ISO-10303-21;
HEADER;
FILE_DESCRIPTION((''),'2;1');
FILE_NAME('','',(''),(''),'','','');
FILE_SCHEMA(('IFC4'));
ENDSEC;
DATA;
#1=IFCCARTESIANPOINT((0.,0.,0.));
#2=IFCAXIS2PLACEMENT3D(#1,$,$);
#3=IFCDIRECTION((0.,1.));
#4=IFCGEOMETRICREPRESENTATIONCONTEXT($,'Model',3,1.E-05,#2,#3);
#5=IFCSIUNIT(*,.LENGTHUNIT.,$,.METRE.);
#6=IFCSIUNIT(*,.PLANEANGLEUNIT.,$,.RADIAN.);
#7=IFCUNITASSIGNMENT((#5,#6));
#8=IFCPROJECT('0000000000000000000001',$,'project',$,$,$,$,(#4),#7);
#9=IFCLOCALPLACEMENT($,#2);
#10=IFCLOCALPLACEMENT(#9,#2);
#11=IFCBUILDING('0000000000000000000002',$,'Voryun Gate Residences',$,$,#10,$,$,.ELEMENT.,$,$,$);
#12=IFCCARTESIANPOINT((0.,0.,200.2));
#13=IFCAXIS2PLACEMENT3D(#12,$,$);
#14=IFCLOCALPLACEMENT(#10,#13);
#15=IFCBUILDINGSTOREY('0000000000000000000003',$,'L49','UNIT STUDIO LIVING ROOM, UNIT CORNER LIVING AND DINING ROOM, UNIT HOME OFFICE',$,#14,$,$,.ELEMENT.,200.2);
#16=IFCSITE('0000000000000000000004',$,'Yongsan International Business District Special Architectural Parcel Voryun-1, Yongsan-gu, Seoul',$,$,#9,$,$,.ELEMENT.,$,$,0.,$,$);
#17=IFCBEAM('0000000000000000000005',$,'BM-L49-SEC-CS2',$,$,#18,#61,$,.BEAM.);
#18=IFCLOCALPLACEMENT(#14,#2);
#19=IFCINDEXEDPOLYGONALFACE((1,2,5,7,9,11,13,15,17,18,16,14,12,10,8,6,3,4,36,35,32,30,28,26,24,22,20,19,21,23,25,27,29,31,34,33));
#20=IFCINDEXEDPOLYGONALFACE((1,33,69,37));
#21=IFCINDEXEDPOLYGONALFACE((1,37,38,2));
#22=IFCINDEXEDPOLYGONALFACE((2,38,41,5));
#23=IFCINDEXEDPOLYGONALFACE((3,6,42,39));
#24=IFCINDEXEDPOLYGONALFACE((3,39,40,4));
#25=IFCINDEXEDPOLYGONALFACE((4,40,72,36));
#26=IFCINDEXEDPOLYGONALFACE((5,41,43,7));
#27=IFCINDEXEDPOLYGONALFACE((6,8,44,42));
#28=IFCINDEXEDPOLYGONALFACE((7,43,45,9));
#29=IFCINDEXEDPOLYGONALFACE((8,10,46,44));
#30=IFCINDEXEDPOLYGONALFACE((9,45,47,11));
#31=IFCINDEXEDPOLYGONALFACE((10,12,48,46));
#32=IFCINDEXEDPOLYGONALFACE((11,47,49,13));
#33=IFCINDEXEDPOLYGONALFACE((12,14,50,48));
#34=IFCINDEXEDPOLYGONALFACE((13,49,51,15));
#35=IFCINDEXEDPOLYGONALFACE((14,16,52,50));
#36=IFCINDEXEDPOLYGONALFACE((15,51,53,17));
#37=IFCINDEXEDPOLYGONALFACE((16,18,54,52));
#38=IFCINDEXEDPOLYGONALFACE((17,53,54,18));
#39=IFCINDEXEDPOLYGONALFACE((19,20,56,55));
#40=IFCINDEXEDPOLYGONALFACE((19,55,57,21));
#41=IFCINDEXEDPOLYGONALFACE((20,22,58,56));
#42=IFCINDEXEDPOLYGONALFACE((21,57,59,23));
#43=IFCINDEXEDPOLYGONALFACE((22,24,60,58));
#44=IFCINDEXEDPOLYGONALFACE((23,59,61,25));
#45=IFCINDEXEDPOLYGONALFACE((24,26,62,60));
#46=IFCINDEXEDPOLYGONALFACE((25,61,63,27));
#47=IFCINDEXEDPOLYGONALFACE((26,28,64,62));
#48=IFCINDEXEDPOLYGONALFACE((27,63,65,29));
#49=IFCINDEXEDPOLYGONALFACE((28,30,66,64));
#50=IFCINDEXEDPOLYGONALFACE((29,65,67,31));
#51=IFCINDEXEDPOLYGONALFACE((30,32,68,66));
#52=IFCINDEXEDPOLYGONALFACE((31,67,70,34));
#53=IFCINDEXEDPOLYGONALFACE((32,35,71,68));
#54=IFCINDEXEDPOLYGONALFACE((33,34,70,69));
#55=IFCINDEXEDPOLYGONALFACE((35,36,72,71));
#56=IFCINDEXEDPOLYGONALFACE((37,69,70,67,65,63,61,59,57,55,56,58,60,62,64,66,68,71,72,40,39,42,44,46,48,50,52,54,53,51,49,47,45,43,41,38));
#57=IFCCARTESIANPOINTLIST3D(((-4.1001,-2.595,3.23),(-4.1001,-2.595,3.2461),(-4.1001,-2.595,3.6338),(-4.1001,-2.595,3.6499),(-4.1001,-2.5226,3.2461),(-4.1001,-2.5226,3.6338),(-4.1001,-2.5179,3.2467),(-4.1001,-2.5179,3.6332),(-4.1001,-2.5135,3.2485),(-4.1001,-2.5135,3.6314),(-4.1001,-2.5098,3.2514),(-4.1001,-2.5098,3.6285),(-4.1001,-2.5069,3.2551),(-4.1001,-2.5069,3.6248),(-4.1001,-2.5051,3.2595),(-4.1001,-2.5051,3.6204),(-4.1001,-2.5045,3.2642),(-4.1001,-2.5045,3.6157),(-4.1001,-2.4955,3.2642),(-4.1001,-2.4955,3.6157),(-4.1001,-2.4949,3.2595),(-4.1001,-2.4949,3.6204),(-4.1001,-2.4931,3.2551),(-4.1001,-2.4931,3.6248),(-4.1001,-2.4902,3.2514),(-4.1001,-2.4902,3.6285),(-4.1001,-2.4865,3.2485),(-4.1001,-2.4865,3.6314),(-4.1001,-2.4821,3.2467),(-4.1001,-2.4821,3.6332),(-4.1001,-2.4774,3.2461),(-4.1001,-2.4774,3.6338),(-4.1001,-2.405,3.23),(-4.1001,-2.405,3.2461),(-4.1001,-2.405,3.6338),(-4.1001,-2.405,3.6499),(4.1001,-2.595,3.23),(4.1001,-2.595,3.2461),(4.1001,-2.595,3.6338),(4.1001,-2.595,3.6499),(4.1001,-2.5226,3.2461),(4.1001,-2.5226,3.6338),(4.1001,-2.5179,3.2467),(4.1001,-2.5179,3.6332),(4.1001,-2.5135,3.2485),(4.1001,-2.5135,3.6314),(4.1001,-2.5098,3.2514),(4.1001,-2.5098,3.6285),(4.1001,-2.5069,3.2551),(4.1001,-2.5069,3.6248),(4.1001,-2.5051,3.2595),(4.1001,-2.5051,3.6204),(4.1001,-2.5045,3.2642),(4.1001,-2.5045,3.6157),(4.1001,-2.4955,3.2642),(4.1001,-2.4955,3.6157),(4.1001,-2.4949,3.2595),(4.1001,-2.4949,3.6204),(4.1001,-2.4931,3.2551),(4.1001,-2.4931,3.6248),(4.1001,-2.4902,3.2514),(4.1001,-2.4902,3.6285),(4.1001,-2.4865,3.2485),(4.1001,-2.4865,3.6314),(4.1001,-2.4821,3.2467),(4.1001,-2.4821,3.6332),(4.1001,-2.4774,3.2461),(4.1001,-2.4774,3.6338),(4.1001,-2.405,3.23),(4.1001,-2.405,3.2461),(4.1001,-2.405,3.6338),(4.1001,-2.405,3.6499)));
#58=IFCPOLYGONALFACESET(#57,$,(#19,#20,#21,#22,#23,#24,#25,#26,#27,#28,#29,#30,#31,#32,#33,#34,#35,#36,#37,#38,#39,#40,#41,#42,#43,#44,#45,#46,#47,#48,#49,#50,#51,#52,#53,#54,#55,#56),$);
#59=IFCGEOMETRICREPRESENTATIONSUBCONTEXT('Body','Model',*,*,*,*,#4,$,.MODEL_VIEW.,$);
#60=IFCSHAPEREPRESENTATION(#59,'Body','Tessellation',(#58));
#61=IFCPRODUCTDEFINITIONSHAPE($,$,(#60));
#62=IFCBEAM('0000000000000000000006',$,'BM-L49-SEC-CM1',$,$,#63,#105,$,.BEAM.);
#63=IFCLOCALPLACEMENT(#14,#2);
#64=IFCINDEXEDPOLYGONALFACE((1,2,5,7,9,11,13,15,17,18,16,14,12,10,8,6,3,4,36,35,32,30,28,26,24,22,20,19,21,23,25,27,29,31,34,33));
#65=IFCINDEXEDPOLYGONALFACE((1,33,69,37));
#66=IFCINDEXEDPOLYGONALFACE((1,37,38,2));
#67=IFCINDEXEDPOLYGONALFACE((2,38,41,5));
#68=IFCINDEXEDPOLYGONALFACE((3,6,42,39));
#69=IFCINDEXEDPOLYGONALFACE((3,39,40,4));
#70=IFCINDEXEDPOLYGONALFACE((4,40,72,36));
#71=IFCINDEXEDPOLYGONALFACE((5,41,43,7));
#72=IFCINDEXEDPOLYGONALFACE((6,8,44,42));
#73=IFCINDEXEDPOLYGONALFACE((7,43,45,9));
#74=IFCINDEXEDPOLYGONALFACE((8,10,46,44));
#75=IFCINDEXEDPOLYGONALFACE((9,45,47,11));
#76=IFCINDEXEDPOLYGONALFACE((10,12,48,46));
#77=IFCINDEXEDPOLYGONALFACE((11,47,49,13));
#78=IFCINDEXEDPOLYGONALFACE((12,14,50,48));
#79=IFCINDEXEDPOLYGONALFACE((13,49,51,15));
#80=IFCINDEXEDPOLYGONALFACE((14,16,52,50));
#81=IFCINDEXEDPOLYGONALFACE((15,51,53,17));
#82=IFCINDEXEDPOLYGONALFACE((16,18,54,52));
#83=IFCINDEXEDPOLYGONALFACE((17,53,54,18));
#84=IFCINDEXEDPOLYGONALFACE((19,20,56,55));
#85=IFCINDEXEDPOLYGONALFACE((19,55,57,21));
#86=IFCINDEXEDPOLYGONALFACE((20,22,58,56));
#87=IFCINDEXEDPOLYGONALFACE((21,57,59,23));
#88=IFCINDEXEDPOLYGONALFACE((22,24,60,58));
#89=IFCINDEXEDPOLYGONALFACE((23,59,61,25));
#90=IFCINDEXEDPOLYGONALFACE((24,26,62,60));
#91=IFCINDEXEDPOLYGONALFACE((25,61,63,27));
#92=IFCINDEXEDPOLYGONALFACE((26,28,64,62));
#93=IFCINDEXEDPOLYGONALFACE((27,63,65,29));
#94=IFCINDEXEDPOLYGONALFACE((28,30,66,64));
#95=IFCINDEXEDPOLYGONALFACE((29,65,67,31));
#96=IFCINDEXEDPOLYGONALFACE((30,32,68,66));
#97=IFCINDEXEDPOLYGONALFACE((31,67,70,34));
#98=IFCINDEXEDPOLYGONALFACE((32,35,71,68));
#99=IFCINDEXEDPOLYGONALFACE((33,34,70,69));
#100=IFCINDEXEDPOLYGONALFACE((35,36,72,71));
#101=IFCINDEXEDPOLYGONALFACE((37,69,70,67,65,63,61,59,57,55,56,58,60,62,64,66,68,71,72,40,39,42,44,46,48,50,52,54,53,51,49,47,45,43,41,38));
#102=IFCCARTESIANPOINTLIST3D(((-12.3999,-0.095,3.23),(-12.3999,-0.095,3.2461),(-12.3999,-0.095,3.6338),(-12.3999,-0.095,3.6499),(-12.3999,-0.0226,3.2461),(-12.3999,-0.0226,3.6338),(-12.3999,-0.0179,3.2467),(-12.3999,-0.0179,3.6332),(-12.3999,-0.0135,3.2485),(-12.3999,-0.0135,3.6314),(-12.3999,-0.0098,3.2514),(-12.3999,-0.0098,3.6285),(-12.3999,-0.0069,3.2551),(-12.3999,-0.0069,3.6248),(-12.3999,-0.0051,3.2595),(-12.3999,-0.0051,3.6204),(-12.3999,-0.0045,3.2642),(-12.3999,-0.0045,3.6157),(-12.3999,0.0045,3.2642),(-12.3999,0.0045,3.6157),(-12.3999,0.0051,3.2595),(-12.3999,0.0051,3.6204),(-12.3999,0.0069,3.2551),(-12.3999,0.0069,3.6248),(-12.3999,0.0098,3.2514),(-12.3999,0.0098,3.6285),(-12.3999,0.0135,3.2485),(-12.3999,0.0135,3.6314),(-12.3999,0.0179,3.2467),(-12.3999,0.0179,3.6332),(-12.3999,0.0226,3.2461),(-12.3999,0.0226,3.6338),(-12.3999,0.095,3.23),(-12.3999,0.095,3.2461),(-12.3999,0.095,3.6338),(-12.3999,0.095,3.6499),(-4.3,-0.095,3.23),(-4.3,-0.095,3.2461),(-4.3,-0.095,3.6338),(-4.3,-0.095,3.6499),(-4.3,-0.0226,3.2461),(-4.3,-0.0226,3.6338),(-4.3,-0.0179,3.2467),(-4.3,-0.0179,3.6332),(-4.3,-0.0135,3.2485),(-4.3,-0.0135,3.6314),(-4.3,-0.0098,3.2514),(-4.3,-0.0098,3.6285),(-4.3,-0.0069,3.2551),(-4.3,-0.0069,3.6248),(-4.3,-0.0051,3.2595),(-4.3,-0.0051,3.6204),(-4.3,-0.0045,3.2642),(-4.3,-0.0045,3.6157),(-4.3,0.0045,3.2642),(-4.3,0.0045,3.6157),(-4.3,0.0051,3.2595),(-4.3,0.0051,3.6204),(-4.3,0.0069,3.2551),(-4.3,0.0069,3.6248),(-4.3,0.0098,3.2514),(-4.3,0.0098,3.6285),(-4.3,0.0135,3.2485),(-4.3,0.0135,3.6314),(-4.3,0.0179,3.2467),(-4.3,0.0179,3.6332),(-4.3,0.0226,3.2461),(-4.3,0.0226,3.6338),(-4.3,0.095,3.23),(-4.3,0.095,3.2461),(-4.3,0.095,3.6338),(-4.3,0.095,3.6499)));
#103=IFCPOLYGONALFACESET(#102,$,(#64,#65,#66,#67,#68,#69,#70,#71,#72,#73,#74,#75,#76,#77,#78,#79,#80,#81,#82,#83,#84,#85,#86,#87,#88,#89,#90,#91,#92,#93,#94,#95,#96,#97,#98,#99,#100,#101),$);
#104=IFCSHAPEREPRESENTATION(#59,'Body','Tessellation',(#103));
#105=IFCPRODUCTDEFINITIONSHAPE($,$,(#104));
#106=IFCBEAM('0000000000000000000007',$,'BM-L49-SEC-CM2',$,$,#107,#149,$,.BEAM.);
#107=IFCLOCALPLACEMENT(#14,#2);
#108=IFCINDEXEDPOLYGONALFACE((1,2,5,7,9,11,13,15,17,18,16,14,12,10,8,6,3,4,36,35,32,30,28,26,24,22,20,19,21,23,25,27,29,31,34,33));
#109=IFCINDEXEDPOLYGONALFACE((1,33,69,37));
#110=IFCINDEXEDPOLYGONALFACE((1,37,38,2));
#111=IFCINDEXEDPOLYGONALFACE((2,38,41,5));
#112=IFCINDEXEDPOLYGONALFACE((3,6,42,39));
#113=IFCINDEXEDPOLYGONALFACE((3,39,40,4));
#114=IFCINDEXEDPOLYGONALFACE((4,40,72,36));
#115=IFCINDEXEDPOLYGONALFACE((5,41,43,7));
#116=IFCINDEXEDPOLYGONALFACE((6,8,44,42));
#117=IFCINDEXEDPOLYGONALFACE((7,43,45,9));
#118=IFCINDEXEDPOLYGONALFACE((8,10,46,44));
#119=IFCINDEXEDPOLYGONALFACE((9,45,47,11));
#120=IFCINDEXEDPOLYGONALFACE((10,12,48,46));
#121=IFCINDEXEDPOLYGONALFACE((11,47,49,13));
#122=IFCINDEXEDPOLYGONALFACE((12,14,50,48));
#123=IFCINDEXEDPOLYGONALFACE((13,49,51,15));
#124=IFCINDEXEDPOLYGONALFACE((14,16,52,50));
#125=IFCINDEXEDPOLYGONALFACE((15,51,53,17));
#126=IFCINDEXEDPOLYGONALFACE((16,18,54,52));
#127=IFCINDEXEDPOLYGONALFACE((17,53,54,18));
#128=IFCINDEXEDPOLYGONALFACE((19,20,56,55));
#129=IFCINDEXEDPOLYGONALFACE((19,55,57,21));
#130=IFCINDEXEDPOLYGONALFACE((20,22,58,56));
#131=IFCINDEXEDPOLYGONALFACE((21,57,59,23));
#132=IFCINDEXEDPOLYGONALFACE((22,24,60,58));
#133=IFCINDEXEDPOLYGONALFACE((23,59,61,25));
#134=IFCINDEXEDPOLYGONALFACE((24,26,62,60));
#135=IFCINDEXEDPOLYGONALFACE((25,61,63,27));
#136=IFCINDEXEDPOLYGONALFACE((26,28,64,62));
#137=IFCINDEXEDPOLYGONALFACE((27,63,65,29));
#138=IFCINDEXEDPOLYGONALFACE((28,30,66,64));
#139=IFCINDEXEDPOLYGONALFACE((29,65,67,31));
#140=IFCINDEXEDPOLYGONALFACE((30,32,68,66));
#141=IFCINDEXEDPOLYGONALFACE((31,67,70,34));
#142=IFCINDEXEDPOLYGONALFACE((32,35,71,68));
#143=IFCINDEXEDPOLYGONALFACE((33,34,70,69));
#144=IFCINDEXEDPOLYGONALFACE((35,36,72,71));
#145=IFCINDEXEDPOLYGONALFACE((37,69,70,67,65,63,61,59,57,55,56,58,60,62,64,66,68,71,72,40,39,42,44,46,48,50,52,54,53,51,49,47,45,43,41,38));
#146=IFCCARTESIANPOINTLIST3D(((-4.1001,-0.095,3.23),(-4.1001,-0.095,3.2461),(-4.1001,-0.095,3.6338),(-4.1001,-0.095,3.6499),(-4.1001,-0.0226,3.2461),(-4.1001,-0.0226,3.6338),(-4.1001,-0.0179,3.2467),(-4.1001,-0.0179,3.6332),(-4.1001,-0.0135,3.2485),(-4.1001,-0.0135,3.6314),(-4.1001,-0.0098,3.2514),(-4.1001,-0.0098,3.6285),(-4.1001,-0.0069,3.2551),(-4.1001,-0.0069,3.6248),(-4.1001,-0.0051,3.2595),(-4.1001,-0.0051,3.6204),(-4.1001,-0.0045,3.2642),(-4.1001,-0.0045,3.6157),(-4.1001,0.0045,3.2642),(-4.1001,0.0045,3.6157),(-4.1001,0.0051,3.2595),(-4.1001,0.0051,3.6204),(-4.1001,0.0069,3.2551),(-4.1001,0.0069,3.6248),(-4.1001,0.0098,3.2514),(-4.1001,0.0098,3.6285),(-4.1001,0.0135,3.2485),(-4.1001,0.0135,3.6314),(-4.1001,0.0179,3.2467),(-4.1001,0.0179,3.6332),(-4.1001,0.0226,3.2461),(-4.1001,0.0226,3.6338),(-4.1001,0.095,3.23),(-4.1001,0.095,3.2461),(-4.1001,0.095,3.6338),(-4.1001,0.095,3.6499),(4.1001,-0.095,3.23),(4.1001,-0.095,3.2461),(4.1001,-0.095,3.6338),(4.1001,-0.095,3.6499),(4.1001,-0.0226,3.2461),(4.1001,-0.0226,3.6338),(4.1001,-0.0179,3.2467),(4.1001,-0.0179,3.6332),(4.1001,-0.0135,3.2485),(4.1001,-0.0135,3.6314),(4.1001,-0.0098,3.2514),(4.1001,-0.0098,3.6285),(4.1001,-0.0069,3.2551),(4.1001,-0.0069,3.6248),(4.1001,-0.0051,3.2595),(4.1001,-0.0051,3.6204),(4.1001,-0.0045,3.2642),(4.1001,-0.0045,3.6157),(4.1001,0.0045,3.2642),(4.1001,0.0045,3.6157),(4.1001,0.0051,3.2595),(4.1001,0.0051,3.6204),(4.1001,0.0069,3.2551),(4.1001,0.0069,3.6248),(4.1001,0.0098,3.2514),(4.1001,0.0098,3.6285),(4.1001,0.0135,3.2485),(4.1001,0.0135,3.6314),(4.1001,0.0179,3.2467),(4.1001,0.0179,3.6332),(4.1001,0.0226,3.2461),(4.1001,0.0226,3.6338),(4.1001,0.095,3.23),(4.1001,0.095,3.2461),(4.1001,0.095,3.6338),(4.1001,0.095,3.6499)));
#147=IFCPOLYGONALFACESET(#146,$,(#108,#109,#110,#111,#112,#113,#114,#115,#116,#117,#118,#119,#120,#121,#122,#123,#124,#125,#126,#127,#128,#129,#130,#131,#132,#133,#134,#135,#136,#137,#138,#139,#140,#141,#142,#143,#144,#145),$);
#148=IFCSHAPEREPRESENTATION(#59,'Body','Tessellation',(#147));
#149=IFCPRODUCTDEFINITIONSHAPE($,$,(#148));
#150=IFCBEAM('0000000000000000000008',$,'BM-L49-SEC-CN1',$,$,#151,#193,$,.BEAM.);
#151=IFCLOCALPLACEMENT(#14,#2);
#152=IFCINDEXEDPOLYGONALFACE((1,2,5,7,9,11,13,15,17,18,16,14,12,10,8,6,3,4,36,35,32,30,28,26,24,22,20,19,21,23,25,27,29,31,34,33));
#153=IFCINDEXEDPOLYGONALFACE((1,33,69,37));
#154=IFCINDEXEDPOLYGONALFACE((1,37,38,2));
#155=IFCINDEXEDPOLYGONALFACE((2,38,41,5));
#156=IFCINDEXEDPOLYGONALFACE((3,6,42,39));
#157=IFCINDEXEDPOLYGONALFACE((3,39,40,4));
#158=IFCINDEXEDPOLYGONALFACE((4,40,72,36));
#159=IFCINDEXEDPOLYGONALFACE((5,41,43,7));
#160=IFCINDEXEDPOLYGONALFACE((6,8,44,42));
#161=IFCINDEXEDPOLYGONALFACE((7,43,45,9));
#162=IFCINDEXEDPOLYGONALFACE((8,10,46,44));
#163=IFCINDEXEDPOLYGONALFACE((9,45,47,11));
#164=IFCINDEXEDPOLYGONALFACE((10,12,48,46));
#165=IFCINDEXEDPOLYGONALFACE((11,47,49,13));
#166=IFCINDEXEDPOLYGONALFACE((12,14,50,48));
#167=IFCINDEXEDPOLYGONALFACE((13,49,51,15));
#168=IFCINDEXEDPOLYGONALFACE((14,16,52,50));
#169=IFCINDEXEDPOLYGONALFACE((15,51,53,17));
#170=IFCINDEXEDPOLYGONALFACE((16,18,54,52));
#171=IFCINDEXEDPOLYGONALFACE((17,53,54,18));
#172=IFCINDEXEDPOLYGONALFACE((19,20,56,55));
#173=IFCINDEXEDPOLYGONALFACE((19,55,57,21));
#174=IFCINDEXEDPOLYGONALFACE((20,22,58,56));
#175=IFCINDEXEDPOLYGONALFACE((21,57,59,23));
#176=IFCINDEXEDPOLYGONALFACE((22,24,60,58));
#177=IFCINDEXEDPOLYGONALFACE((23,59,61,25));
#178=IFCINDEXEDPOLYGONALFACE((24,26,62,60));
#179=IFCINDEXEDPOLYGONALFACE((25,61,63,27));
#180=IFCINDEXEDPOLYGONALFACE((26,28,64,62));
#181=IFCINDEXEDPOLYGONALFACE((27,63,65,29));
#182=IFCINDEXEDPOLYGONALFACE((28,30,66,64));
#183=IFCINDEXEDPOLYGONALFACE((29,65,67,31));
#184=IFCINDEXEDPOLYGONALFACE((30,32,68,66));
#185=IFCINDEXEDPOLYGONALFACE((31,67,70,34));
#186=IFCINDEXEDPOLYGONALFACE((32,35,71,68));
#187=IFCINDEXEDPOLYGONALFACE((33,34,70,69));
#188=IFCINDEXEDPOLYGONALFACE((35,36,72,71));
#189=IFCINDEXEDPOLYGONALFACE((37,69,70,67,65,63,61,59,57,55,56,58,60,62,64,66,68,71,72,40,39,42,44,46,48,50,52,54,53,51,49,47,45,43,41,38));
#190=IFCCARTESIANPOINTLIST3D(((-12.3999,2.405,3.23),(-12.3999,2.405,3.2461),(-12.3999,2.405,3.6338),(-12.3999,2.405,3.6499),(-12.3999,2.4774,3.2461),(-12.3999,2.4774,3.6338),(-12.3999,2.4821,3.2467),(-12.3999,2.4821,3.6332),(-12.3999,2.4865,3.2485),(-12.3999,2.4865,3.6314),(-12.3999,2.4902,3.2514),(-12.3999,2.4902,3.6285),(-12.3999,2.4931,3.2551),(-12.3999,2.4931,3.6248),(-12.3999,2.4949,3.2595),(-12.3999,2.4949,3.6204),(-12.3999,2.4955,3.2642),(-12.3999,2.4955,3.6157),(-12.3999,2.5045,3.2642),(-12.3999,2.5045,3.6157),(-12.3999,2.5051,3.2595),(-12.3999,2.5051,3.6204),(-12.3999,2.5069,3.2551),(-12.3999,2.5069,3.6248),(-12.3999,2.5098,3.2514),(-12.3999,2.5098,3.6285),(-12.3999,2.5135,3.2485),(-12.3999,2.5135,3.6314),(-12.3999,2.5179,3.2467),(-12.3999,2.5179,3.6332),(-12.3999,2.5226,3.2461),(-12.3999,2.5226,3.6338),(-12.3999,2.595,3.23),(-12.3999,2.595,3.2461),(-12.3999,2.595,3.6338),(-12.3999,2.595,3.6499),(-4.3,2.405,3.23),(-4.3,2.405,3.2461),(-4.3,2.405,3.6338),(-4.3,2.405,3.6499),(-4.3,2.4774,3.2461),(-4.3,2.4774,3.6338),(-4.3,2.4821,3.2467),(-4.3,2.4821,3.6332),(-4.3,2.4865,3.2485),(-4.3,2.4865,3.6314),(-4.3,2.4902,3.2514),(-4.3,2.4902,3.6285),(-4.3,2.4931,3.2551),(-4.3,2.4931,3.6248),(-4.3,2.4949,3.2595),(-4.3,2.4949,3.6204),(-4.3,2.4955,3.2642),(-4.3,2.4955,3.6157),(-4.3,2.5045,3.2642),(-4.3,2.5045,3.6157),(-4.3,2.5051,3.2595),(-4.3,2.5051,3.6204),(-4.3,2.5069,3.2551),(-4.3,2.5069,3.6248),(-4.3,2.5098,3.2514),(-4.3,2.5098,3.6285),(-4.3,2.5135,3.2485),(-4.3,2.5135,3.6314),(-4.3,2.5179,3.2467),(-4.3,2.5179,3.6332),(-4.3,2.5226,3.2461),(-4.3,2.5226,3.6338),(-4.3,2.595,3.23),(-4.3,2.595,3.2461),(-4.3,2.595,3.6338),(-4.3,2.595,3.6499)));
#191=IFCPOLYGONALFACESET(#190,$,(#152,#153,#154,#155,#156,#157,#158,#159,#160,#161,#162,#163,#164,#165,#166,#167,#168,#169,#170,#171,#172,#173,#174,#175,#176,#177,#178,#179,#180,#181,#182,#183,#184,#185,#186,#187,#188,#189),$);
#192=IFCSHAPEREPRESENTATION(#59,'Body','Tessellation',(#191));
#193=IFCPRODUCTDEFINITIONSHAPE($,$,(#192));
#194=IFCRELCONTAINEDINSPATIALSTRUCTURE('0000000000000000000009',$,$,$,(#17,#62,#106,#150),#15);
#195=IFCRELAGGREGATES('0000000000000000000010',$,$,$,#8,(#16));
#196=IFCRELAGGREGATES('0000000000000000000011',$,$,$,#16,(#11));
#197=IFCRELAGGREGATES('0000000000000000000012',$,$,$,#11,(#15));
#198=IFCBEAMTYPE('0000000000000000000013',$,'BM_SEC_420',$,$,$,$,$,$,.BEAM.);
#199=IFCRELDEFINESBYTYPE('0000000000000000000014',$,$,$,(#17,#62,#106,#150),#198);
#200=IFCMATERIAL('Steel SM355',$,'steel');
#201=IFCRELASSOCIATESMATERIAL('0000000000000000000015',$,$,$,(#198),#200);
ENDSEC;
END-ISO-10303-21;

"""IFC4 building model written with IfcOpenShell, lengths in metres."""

from ifc_helpers import new_model, si_unit, direction, frame, origin, origin_2d, place, context, subcontext, project, spatial, i_section, extrude, material, material_profile, profile_set, type_object, element, save


model = new_model("IFC4")

# Units and contexts
model_context = context("Model", 3, precision=1e-05, world=origin(), true_north=direction((0.0, 1.0)))
body_context = subcontext(model_context, "Body", "Model", "MODEL_VIEW")
ifc_project = project(units=[si_unit("LENGTHUNIT", "METRE"), si_unit("PLANEANGLEUNIT", "RADIAN")], contexts=[model_context])

# Site, building, storey
site_placement = place(None, origin())
site = spatial("IfcSite", under=ifc_project, at=site_placement, Name="Yongsan International Business District Special Architectural Parcel Voryun-1, Yongsan-gu, Seoul", CompositionType="ELEMENT", RefElevation=0.0)
building_placement = place(site_placement, origin())
building = spatial("IfcBuilding", under=site, at=building_placement, Name="Voryun Gate Residences", CompositionType="ELEMENT")
storey_placement = place(building_placement, frame((0.0, 0.0, 200.2)))
storey = spatial("IfcBuildingStorey", under=building, at=storey_placement, Name="L49", Description="UNIT STUDIO LIVING ROOM, UNIT CORNER LIVING AND DINING ROOM, UNIT HOME OFFICE", CompositionType="ELEMENT", Elevation=200.2)

# Beams
ifc_material_1 = material(Name="Steel SM355", Category="steel")
ifc_material_profile_1 = material_profile(ifc_material_1, i_section(OverallWidth=0.1899, OverallDepth=0.4199, WebThickness=0.009, FlangeThickness=0.0161, FilletRadius=0.0181, at=origin_2d()), Name="H-420x190x9x16")
ifc_profile_set_1 = profile_set([ifc_material_profile_1], Name="Steel SM355")
beam_type_1 = type_object("IfcBeamType", Name="BM_SEC_420", PredefinedType="BEAM", material=ifc_profile_set_1)
beam_1_placement = place(storey_placement, frame((-4.1001, -2.5, 3.4399), z_axis=(1.0, 0.0, 0.0), x_axis=(0.0, 1.0, 0.0)))
element("IfcBeam", 1, at=beam_1_placement, inside=storey, type_object=beam_type_1, Name="BM-L49-SEC-CS2", PredefinedType="BEAM", context=body_context, shape_type="SweptSolid", body=[
    extrude(i_section(OverallWidth=0.1899, OverallDepth=0.4199, WebThickness=0.009, FlangeThickness=0.0161, FilletRadius=0.0181, at=origin_2d()), origin(), (0.0, 0.0, 1.0), 8.2002),
])
beam_2_placement = place(storey_placement, frame((-12.3999, 0.0, 3.4399), z_axis=(1.0, 0.0, 0.0), x_axis=(0.0, 1.0, 0.0)))
element("IfcBeam", 2, at=beam_2_placement, inside=storey, type_object=beam_type_1, Name="BM-L49-SEC-CM1", PredefinedType="BEAM", context=body_context, shape_type="SweptSolid", body=[
    extrude(i_section(OverallWidth=0.1899, OverallDepth=0.4199, WebThickness=0.009, FlangeThickness=0.0161, FilletRadius=0.0181, at=origin_2d()), origin(), (0.0, 0.0, 1.0), 8.0999),
])
beam_3_placement = place(storey_placement, frame((-4.1001, 0.0, 3.4399), z_axis=(1.0, 0.0, 0.0), x_axis=(0.0, 1.0, 0.0)))
element("IfcBeam", 3, at=beam_3_placement, inside=storey, type_object=beam_type_1, Name="BM-L49-SEC-CM2", PredefinedType="BEAM", context=body_context, shape_type="SweptSolid", body=[
    extrude(i_section(OverallWidth=0.1899, OverallDepth=0.4199, WebThickness=0.009, FlangeThickness=0.0161, FilletRadius=0.0181, at=origin_2d()), origin(), (0.0, 0.0, 1.0), 8.2002),
])
beam_4_placement = place(storey_placement, frame((-12.3999, 2.5, 3.4399), z_axis=(1.0, 0.0, 0.0), x_axis=(0.0, 1.0, 0.0)))
element("IfcBeam", 4, at=beam_4_placement, inside=storey, type_object=beam_type_1, Name="BM-L49-SEC-CN1", PredefinedType="BEAM", context=body_context, shape_type="SweptSolid", body=[
    extrude(i_section(OverallWidth=0.1899, OverallDepth=0.4199, WebThickness=0.009, FlangeThickness=0.0161, FilletRadius=0.0181, at=origin_2d()), origin(), (0.0, 0.0, 1.0), 8.0999),
])

save(model, "model.ifc")
